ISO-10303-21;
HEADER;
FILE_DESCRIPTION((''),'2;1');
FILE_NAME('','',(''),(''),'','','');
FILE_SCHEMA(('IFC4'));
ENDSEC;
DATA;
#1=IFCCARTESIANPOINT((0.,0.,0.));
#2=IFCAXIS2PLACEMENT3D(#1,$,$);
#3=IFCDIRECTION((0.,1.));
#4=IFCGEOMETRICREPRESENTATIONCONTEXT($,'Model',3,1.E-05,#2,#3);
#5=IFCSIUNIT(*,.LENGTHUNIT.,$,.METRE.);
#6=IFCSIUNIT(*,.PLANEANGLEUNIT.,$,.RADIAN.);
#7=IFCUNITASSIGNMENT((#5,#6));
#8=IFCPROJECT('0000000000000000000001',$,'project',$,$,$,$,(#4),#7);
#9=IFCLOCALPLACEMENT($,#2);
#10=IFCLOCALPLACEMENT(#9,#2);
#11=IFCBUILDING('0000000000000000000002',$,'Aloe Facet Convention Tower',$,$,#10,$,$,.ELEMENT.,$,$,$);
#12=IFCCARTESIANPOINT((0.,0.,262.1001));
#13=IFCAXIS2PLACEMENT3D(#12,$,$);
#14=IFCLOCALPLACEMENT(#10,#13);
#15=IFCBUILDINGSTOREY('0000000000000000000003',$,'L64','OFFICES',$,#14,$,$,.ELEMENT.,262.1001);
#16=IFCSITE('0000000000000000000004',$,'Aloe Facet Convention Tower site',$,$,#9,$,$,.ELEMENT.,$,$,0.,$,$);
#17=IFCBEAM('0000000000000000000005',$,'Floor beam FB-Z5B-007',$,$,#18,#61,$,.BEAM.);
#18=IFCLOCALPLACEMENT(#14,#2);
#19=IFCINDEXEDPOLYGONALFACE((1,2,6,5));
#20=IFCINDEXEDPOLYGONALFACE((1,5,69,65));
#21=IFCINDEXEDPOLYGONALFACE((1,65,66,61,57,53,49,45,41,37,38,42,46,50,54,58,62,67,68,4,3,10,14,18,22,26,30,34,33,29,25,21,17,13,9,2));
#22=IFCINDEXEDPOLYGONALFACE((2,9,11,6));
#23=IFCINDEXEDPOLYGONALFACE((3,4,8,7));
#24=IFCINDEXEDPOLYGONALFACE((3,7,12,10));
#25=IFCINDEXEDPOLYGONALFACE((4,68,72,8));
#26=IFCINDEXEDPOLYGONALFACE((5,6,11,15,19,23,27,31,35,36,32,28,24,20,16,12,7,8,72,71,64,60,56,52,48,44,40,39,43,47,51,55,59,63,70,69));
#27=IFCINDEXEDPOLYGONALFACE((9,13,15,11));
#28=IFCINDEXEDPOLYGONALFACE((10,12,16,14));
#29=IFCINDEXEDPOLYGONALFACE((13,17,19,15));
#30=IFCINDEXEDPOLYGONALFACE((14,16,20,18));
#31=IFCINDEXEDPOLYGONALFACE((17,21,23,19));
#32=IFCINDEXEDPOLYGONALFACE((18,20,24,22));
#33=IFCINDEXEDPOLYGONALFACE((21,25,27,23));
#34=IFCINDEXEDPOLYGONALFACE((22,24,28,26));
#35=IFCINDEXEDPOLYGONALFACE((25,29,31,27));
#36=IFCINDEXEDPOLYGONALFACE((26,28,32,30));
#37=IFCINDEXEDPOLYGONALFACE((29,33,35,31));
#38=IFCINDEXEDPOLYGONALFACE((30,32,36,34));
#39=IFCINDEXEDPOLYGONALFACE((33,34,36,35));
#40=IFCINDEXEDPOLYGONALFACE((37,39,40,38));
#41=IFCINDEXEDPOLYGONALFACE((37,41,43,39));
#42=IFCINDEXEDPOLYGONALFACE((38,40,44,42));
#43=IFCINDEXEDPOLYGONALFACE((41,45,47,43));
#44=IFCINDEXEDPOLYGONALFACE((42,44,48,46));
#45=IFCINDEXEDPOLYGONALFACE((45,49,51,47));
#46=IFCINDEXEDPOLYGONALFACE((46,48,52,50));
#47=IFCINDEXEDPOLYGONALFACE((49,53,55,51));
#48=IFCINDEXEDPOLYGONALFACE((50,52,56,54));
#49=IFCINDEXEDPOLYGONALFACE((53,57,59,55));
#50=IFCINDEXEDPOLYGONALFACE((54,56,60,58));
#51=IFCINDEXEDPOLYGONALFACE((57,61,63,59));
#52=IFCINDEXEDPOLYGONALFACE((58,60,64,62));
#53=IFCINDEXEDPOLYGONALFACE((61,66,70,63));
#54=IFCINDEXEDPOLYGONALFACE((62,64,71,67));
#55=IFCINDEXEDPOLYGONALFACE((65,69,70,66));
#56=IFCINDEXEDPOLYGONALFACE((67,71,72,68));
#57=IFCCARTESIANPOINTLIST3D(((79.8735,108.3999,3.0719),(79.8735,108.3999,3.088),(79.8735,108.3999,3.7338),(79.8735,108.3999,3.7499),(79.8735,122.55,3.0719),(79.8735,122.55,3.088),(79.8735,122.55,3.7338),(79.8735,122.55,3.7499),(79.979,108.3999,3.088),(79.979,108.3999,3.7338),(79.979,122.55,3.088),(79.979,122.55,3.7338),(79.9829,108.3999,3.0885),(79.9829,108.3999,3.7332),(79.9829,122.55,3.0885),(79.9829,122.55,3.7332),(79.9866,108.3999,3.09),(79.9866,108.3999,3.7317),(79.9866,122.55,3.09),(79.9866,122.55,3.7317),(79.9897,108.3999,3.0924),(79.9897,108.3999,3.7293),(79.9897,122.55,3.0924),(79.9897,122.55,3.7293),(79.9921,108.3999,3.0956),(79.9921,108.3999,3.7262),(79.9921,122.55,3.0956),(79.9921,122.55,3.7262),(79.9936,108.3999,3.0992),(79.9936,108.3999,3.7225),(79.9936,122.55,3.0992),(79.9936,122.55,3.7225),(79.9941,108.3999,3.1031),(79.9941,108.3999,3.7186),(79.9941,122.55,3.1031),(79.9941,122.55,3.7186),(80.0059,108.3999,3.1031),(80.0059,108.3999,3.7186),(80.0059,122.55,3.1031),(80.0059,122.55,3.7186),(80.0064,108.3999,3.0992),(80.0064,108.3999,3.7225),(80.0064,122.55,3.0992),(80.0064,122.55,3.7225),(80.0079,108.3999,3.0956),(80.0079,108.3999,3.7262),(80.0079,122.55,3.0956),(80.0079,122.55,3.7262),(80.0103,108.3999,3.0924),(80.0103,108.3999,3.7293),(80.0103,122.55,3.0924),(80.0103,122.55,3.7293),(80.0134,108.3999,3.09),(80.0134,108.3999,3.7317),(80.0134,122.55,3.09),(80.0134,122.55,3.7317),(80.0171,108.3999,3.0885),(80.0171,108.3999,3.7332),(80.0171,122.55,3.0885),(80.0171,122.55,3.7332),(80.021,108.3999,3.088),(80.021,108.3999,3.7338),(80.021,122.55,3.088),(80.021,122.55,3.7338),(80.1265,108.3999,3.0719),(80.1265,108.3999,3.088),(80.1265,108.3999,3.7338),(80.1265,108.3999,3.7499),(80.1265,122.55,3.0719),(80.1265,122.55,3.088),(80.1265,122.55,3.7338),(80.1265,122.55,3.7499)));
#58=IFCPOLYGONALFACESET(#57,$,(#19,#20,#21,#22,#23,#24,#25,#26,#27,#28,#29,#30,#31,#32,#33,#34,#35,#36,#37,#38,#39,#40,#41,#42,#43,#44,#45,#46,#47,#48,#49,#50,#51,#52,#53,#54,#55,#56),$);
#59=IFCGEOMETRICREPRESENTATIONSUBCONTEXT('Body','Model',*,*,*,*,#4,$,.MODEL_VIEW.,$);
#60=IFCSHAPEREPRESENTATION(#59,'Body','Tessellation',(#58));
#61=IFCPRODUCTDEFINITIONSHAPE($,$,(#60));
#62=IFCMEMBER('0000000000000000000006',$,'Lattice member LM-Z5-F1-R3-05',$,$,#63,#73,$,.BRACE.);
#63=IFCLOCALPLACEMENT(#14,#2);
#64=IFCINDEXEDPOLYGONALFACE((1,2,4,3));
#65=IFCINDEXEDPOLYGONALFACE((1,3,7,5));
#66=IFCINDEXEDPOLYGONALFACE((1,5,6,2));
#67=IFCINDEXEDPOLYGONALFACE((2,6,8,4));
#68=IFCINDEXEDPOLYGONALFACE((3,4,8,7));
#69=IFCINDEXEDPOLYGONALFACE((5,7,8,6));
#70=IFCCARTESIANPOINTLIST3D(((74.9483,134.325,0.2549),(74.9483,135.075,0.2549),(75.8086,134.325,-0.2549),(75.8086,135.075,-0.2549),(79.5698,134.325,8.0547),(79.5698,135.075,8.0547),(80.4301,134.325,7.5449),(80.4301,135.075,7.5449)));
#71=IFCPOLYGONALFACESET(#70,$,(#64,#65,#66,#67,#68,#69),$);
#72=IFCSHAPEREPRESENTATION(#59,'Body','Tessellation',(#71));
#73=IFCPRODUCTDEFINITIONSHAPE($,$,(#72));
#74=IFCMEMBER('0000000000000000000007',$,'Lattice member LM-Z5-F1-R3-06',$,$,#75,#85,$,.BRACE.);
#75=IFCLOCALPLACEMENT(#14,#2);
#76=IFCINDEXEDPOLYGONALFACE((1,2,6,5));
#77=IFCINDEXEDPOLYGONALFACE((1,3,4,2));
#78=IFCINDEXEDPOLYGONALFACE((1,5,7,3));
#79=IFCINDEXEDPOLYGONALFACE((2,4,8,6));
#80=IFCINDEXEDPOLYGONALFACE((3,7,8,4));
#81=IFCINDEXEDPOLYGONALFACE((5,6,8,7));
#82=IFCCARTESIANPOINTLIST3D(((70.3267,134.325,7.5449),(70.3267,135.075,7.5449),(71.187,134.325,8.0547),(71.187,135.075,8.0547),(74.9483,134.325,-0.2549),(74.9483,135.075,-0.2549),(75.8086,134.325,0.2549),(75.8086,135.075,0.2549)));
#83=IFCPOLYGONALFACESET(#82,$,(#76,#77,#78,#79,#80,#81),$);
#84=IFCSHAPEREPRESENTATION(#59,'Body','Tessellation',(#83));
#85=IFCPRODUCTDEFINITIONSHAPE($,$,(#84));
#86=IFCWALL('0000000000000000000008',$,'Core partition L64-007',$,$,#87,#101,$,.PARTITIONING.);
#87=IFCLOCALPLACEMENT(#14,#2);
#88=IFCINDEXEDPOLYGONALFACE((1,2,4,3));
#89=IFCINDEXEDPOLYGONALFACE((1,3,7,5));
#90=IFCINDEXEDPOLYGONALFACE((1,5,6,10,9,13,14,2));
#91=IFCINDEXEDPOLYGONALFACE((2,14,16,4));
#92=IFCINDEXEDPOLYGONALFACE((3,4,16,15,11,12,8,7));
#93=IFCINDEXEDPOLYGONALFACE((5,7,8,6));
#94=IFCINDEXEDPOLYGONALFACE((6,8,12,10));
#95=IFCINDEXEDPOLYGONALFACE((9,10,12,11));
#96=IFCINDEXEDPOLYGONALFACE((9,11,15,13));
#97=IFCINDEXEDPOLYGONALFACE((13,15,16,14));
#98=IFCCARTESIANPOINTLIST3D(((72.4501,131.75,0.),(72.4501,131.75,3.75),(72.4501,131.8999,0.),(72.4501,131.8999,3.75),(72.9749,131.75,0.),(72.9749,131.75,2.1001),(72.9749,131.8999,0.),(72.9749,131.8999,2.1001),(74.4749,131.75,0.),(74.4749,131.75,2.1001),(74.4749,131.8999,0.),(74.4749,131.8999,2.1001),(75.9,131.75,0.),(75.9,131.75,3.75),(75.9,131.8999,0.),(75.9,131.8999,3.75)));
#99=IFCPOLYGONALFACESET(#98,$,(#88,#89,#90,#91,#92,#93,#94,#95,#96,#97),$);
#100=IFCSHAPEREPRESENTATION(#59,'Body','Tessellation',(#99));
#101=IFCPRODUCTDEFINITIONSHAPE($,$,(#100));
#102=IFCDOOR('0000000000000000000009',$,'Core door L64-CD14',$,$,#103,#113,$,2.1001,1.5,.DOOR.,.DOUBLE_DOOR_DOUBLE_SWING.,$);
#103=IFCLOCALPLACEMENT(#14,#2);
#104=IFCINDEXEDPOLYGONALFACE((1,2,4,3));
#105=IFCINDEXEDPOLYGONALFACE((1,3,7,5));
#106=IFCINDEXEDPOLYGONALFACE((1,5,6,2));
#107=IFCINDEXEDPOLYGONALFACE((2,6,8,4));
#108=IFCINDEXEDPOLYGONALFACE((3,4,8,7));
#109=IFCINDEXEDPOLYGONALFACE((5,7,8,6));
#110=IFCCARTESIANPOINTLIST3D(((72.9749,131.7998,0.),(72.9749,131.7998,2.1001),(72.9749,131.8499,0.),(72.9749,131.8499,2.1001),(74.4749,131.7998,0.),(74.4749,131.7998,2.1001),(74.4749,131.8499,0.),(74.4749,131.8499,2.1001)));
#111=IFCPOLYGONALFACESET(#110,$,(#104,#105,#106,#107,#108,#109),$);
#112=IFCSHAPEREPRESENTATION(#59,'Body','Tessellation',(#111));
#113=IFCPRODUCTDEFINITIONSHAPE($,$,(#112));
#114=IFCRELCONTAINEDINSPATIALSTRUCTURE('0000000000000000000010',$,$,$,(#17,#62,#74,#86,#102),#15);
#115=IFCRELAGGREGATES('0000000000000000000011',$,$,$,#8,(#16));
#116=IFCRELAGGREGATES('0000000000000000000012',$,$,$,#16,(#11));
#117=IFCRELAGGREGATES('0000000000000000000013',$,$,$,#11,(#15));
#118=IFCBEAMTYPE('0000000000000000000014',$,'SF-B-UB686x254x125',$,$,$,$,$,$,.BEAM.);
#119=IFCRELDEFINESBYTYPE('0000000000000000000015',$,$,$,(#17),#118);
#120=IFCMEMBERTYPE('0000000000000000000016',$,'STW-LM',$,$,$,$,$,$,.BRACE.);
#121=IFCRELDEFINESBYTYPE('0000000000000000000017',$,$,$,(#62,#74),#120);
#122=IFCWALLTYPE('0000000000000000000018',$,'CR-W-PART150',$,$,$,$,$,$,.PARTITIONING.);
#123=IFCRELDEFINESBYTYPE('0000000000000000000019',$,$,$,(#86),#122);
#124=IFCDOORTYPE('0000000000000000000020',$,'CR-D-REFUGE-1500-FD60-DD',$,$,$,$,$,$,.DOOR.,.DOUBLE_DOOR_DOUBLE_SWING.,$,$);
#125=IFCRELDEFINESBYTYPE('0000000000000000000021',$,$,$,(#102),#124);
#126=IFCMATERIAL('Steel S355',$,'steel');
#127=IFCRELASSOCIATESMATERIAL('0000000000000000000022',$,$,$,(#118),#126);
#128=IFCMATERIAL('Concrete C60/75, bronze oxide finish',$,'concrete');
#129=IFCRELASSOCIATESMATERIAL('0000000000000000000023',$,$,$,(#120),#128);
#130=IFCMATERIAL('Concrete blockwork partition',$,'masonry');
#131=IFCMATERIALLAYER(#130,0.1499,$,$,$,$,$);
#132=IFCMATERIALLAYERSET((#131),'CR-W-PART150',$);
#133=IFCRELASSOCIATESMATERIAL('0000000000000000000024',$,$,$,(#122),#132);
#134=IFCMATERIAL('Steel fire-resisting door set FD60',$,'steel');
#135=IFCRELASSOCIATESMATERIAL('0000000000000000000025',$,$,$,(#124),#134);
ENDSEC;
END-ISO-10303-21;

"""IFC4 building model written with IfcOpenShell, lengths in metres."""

from ifc_helpers import new_model, si_unit, direction, frame, frame_2d, origin, origin_2d, place, context, subcontext, project, spatial, rectangle, i_section, extrude, material, layer, layer_set, material_profile, profile_set, type_object, element, fill, save


model = new_model("IFC4")

# Units and contexts
model_context = context("Model", 3, precision=1e-05, world=origin(), true_north=direction((0.0, 1.0)))
body_context = subcontext(model_context, "Body", "Model", "MODEL_VIEW")
ifc_project = project(units=[si_unit("LENGTHUNIT", "METRE"), si_unit("PLANEANGLEUNIT", "RADIAN")], contexts=[model_context])

# Site, building, storey
site_placement = place(None, origin())
site = spatial("IfcSite", under=ifc_project, at=site_placement, Name="Aloe Facet Convention Tower site", CompositionType="ELEMENT", RefElevation=0.0)
building_placement = place(site_placement, origin())
building = spatial("IfcBuilding", under=site, at=building_placement, Name="Aloe Facet Convention Tower", CompositionType="ELEMENT")
storey_placement = place(building_placement, frame((0.0, 0.0, 262.1001)))
storey = spatial("IfcBuildingStorey", under=building, at=storey_placement, Name="L64", Description="OFFICES", CompositionType="ELEMENT", Elevation=262.1001)

# Beam
ifc_material_1 = material(Name="Steel S355", Category="steel")
ifc_material_profile_1 = material_profile(ifc_material_1, i_section(OverallWidth=0.2529, OverallDepth=0.678, WebThickness=0.0117, FlangeThickness=0.0161, FilletRadius=0.0151, at=origin_2d()), Name="UB 686x254x125")
ifc_profile_set_1 = profile_set([ifc_material_profile_1], Name="Steel S355")
beam_type = type_object("IfcBeamType", Name="SF-B-UB686x254x125", PredefinedType="BEAM", material=ifc_profile_set_1)
beam_placement = place(storey_placement, frame((80.0, 122.55, 3.4109), z_axis=(0.0, -1.0, 0.0), x_axis=(1.0, 0.0, 0.0)))
element("IfcBeam", 1, at=beam_placement, inside=storey, type_object=beam_type, Name="Floor beam FB-Z5B-007", PredefinedType="BEAM", context=body_context, shape_type="SweptSolid", body=[
    extrude(i_section(OverallWidth=0.2529, OverallDepth=0.678, WebThickness=0.0117, FlangeThickness=0.0161, FilletRadius=0.0151, at=origin_2d()), origin(), (0.0, 0.0, 1.0), 14.1501),
])

# Members
ifc_material_2 = material(Name="Concrete C60/75, bronze oxide finish", Category="concrete")
ifc_material_profile_2 = material_profile(ifc_material_2, rectangle(XDim=0.75, YDim=1.0, at=origin_2d()), Name="STW-LM")
ifc_profile_set_2 = profile_set([ifc_material_profile_2], Name="Concrete C60/75, bronze oxide finish")
member_type = type_object("IfcMemberType", Name="STW-LM", PredefinedType="BRACE", material=ifc_profile_set_2)
for number, where, z_axis, x_axis, name in (
    (2, (75.3784, 134.7, 0.0), (0.50976, 0.0, 0.860317), (0.0, 1.0, 0.0), "Lattice member LM-Z5-F1-R3-05"),
    (3, (75.3784, 134.7, 0.0), (-0.50976, 0.0, 0.860317), (0.0, -1.0, 0.0), "Lattice member LM-Z5-F1-R3-06"),
):
    element("IfcMember", number, at=place(storey_placement, frame(where, z_axis=z_axis, x_axis=x_axis)), inside=storey, type_object=member_type, Name=name, PredefinedType="BRACE", context=body_context, shape_type="SweptSolid", body=[
        extrude(rectangle(XDim=0.75, YDim=1.0, at=origin_2d()), origin(), (0.0, 0.0, 1.0), 9.0662),
    ])

# Wall, opening, door
ifc_material_3 = material(Name="Concrete blockwork partition", Category="masonry")
ifc_layer_1 = layer(ifc_material_3, 0.1499)
ifc_layer_set_1 = layer_set([ifc_layer_1], Name="CR-W-PART150")
wall_type_1 = type_object("IfcWallType", Name="CR-W-PART150", PredefinedType="PARTITIONING", material=ifc_layer_set_1)
wall_1_placement = place(storey_placement, frame((72.45, 131.825, 0.0), z_axis=(0.0, 0.0, 1.0), x_axis=(1.0, 0.0, 0.0)))
wall_1 = element("IfcWall", 4, at=wall_1_placement, inside=storey, type_object=wall_type_1, Name="Core partition L64-007", PredefinedType="PARTITIONING", context=body_context, shape_type="SweptSolid", body=[
    extrude(rectangle(XDim=3.45, YDim=0.1499, at=frame_2d((1.7251, 0.0))), origin(), (0.0, 0.0, 1.0), 3.75),
])
opening_1_placement = place(wall_1_placement, frame((0.5249, 0.0, 0.0)))
opening_1 = element("IfcOpeningElement", 5, at=opening_1_placement, cuts=wall_1, PredefinedType="OPENING", context=body_context, shape_type="SweptSolid", body=[
    extrude(rectangle(XDim=1.5, YDim=2.1001, at=frame_2d((0.75, 1.05))), frame((0.0, 0.085, 0.0), z_axis=(0.0, -1.0, 0.0), x_axis=(1.0, 0.0, 0.0)), (0.0, 0.0, 1.0), 0.1699),
])
ifc_material_4 = material(Name="Steel fire-resisting door set FD60", Category="steel")
door_type_1 = type_object("IfcDoorType", Name="CR-D-REFUGE-1500-FD60-DD", OperationType="DOUBLE_DOOR_DOUBLE_SWING", PredefinedType="DOOR", material=ifc_material_4)
door_1_placement = place(opening_1_placement, origin())
door_1 = element("IfcDoor", 6, at=door_1_placement, inside=storey, type_object=door_type_1, Name="Core door L64-CD14", OperationType="DOUBLE_DOOR_DOUBLE_SWING", OverallHeight=2.1001, OverallWidth=1.5, PredefinedType="DOOR", context=body_context, shape_type="SweptSolid", body=[
    extrude(rectangle(XDim=1.5, YDim=2.1001, at=frame_2d((0.75, 1.05))), frame((0.0, 0.0249, 0.0), z_axis=(0.0, -1.0, 0.0), x_axis=(1.0, 0.0, 0.0)), (0.0, 0.0, 1.0), 0.05),
])
fill(opening_1, door_1)

save(model, "model.ifc")
